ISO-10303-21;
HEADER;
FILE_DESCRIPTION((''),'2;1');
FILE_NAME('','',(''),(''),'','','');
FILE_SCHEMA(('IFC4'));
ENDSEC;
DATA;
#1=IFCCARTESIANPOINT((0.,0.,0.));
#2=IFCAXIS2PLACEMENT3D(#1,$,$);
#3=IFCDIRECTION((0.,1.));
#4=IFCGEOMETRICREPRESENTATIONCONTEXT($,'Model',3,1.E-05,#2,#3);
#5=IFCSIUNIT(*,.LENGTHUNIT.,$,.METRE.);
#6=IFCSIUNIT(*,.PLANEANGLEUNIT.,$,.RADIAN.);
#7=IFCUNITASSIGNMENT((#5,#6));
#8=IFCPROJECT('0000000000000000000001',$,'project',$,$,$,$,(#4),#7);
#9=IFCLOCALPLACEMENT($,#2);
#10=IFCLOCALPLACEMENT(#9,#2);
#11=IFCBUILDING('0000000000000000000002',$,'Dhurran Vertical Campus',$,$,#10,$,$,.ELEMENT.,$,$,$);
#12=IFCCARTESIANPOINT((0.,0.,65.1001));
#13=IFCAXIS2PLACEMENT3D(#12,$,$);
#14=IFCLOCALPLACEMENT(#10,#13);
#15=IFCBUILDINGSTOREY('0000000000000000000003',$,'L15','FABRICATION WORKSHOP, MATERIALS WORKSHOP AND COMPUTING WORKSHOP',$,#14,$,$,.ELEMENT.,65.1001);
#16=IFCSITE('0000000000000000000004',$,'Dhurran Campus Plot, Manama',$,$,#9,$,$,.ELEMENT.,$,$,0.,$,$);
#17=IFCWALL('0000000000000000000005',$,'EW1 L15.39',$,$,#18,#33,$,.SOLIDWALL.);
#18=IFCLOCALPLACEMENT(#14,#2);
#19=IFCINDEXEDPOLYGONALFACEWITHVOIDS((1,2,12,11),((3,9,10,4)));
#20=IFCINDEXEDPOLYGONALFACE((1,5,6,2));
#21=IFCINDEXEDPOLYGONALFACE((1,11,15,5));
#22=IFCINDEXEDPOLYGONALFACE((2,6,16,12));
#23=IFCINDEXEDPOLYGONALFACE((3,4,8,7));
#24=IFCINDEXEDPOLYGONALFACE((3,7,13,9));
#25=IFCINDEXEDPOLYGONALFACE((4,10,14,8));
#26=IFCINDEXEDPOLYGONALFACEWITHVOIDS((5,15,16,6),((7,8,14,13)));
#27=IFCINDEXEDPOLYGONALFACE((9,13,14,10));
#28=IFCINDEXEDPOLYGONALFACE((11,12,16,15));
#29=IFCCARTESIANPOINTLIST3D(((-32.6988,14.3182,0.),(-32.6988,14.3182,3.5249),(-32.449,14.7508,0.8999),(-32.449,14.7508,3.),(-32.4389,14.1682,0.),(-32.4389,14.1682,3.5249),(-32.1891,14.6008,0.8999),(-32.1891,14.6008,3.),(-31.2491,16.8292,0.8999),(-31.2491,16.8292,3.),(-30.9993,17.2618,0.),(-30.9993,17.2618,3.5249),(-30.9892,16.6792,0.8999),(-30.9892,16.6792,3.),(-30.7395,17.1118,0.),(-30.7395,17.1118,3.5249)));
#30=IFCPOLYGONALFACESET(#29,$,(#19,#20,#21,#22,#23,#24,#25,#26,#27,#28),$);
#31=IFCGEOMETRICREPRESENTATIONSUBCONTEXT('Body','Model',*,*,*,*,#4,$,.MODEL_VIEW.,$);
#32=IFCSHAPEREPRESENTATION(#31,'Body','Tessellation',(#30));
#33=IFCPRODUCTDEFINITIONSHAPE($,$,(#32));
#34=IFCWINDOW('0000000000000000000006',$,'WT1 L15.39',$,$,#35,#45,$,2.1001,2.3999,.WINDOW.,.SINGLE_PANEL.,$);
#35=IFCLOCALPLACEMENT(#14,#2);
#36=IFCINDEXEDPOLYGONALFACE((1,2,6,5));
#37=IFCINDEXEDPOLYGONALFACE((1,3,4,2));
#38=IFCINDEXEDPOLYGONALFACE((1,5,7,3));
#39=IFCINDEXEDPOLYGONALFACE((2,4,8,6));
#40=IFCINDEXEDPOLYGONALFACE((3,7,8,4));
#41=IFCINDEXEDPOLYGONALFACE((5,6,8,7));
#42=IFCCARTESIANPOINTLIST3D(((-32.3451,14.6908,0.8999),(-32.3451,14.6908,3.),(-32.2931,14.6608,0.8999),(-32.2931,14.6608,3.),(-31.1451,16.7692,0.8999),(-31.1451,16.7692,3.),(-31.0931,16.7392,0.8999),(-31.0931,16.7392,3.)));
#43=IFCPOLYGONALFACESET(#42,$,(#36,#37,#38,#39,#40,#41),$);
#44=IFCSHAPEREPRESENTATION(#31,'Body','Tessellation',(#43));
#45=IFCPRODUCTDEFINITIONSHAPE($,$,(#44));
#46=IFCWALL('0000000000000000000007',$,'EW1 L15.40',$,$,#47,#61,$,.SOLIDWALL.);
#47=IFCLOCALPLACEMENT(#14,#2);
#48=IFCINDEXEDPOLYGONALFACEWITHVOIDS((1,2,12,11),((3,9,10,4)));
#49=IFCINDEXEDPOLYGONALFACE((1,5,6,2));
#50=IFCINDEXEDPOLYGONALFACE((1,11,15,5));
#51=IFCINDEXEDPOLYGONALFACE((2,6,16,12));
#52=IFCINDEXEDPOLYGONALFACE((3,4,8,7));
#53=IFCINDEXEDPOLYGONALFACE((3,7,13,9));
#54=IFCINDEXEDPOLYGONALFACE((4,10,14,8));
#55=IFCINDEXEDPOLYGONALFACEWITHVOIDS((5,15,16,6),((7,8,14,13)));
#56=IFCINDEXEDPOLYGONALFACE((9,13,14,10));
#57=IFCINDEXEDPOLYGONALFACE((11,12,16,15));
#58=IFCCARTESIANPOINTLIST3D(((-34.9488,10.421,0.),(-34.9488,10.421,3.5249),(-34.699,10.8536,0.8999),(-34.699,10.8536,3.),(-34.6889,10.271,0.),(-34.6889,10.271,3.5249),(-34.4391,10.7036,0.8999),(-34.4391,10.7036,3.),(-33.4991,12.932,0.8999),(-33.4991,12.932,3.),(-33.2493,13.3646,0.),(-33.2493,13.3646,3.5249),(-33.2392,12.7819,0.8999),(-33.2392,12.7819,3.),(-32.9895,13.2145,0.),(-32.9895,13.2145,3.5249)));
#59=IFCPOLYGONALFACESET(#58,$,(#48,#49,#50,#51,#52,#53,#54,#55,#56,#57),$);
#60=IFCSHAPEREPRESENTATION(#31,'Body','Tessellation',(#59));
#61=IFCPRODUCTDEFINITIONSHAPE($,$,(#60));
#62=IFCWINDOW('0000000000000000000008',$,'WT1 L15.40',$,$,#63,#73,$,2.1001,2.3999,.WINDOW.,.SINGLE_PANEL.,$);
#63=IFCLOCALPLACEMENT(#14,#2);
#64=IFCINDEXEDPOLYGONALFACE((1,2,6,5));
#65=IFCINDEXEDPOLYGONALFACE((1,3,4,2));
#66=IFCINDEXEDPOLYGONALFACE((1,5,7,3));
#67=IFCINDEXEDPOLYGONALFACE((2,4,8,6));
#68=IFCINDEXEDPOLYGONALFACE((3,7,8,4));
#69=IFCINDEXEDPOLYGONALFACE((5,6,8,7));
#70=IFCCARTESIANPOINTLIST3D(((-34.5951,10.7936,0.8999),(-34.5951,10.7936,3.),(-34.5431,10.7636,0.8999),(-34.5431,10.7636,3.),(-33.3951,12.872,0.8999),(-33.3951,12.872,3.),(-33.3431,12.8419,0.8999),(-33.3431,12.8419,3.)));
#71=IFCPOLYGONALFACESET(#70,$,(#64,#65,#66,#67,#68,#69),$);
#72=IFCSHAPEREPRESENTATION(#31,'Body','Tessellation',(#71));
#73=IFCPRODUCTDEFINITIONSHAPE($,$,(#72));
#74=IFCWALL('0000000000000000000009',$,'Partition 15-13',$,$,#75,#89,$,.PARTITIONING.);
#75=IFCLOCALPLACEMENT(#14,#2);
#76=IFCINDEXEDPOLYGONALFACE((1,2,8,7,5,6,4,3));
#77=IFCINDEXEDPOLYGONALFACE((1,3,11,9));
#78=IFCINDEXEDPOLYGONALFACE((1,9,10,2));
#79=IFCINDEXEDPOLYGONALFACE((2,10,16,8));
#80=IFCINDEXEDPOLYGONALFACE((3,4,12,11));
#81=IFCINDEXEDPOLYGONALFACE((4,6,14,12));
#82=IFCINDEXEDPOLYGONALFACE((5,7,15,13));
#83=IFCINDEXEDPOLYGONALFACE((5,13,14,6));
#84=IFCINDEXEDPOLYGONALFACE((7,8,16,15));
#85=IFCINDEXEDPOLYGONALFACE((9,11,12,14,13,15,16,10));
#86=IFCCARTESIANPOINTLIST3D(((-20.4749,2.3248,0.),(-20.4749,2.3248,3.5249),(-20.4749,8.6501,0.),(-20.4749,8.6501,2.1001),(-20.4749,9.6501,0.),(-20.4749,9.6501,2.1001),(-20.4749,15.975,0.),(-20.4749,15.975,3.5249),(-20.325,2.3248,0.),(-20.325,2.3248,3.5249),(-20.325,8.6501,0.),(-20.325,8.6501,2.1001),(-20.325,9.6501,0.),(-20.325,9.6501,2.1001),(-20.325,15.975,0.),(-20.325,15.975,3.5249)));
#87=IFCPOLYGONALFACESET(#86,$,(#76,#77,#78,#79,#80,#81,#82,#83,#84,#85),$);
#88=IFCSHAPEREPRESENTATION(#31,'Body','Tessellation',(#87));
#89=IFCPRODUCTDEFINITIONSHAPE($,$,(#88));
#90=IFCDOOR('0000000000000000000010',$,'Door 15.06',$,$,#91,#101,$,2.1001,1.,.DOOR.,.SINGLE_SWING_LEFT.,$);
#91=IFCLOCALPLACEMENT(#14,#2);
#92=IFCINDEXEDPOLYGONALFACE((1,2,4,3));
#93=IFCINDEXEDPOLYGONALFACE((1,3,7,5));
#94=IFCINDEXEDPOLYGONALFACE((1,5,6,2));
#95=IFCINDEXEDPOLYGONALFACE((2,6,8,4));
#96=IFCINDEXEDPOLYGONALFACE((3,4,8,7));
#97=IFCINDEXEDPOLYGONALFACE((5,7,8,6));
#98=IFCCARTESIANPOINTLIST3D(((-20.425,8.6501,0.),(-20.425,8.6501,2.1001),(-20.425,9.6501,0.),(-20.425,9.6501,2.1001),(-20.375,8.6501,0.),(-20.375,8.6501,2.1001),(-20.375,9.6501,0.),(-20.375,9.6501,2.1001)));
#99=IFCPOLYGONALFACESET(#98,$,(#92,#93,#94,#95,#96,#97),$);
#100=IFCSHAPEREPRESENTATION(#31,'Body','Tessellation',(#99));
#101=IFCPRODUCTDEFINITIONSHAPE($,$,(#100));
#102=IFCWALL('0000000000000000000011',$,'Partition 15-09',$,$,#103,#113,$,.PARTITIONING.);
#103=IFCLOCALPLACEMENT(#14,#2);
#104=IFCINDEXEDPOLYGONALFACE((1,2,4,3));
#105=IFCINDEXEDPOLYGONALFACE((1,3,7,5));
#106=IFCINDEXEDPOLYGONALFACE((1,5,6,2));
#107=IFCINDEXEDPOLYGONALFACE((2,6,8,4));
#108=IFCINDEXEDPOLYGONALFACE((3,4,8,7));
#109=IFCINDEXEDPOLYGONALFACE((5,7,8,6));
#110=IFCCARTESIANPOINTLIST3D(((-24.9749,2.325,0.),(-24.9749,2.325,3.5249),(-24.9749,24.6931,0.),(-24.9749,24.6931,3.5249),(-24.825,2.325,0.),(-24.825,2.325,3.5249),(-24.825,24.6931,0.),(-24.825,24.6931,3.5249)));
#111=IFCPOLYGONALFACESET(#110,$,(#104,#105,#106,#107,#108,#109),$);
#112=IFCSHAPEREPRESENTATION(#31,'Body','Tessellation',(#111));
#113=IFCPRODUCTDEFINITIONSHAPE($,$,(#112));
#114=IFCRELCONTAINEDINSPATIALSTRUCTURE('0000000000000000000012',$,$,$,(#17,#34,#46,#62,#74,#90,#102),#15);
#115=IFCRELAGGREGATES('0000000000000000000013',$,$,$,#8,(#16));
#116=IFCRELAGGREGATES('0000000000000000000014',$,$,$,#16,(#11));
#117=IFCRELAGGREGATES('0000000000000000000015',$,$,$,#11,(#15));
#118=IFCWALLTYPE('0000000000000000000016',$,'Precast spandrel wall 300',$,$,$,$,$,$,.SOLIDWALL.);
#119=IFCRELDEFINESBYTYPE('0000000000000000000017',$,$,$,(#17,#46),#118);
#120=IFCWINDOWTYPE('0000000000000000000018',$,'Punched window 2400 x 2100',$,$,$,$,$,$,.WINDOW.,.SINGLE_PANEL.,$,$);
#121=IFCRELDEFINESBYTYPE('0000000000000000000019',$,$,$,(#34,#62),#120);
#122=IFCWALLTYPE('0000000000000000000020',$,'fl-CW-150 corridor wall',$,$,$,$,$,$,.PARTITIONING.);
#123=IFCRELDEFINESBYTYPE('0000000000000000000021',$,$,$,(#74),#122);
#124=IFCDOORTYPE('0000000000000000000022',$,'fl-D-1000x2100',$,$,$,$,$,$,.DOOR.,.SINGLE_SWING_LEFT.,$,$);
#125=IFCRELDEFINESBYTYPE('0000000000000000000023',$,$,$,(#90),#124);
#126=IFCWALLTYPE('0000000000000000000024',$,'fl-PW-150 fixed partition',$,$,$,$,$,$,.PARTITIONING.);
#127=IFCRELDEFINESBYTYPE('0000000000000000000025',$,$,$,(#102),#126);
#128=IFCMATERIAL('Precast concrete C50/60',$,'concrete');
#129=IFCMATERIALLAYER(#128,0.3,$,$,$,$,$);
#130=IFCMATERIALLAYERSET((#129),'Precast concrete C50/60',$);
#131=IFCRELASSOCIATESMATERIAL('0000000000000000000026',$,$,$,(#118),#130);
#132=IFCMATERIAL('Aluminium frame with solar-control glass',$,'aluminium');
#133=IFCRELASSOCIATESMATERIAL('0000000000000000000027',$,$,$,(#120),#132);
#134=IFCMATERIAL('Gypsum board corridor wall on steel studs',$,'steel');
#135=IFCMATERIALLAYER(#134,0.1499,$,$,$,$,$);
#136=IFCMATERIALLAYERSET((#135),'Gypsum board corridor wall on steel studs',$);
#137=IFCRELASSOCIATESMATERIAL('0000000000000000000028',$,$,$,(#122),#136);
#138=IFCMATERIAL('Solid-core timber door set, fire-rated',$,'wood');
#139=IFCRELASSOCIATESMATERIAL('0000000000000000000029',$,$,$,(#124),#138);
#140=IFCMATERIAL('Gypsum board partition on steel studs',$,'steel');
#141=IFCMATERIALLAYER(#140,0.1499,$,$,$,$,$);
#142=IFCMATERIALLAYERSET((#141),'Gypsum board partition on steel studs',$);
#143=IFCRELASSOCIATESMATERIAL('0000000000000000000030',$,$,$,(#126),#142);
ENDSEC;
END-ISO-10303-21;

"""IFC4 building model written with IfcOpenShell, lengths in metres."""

from ifc_helpers import new_model, si_unit, direction, frame, frame_2d, origin, place, context, subcontext, project, spatial, rectangle, extrude, material, layer, layer_set, type_object, element, fill, save


model = new_model("IFC4")

# Units and contexts
model_context = context("Model", 3, precision=1e-05, world=origin(), true_north=direction((0.0, 1.0)))
body_context = subcontext(model_context, "Body", "Model", "MODEL_VIEW")
ifc_project = project(units=[si_unit("LENGTHUNIT", "METRE"), si_unit("PLANEANGLEUNIT", "RADIAN")], contexts=[model_context])

# Site, building, storey
site_placement = place(None, origin())
site = spatial("IfcSite", under=ifc_project, at=site_placement, Name="Dhurran Campus Plot, Manama", CompositionType="ELEMENT", RefElevation=0.0)
building_placement = place(site_placement, origin())
building = spatial("IfcBuilding", under=site, at=building_placement, Name="Dhurran Vertical Campus", CompositionType="ELEMENT")
storey_placement = place(building_placement, frame((0.0, 0.0, 65.1001)))
storey = spatial("IfcBuildingStorey", under=building, at=storey_placement, Name="L15", Description="FABRICATION WORKSHOP, MATERIALS WORKSHOP AND COMPUTING WORKSHOP", CompositionType="ELEMENT", Elevation=65.1001)

# Walls, openings, windows
ifc_material_1 = material(Name="Precast concrete C50/60", Category="concrete")
ifc_layer_1 = layer(ifc_material_1, 0.3)
ifc_layer_set_1 = layer_set([ifc_layer_1], Name="Precast concrete C50/60")
wall_type_1 = type_object("IfcWallType", Name="Precast spandrel wall 300", PredefinedType="SOLIDWALL", material=ifc_layer_set_1)
ifc_material_2 = material(Name="Aluminium frame with solar-control glass", Category="aluminium")
window_type = type_object("IfcWindowType", Name="Punched window 2400 x 2100", PartitioningType="SINGLE_PANEL", PredefinedType="WINDOW", material=ifc_material_2)
wall_1_placement = place(storey_placement, frame((-30.8694, 17.1868, 0.0), z_axis=(0.0, 0.0, 1.0), x_axis=(-0.499994, -0.866029, 0.0)))
wall_1 = element("IfcWall", 1, at=wall_1_placement, inside=storey, type_object=wall_type_1, Name="EW1 L15.39", PredefinedType="SOLIDWALL", context=body_context, shape_type="SweptSolid", body=[
    extrude(rectangle(XDim=3.3989, YDim=0.3, at=frame_2d((1.6995, 0.0))), origin(), (0.0, 0.0, 1.0), 3.5249),
])
opening_1_placement = place(wall_1_placement, frame((0.4995, 0.0, 0.8999)))
opening_1 = element("IfcOpeningElement", 2, at=opening_1_placement, cuts=wall_1, PredefinedType="OPENING", context=body_context, shape_type="SweptSolid", body=[
    extrude(rectangle(XDim=2.3999, YDim=2.1001, at=frame_2d((1.2, 1.05))), frame((0.0, 0.1599, 0.0), z_axis=(0.0, -1.0, 0.0), x_axis=(1.0, 0.0, 0.0)), (0.0, 0.0, 1.0), 0.3201),
])
window_1_placement = place(opening_1_placement, origin())
window_1 = element("IfcWindow", 3, at=window_1_placement, inside=storey, type_object=window_type, Name="WT1 L15.39", OverallHeight=2.1001, OverallWidth=2.3999, PartitioningType="SINGLE_PANEL", PredefinedType="WINDOW", context=body_context, shape_type="SweptSolid", body=[
    extrude(rectangle(XDim=2.3999, YDim=2.1001, at=frame_2d((1.2, 1.05))), frame((0.0, 0.03, 0.0), z_axis=(0.0, -1.0, 0.0), x_axis=(1.0, 0.0, 0.0)), (0.0, 0.0, 1.0), 0.0601),
])
fill(opening_1, window_1)
wall_2_placement = place(storey_placement, frame((-33.1194, 13.2896, 0.0), z_axis=(0.0, 0.0, 1.0), x_axis=(-0.499994, -0.866029, 0.0)))
wall_2 = element("IfcWall", 4, at=wall_2_placement, inside=storey, type_object=wall_type_1, Name="EW1 L15.40", PredefinedType="SOLIDWALL", context=body_context, shape_type="SweptSolid", body=[
    extrude(rectangle(XDim=3.3989, YDim=0.3, at=frame_2d((1.6995, 0.0))), origin(), (0.0, 0.0, 1.0), 3.5249),
])
opening_2_placement = place(wall_2_placement, frame((0.4995, 0.0, 0.8999)))
opening_2 = element("IfcOpeningElement", 5, at=opening_2_placement, cuts=wall_2, PredefinedType="OPENING", context=body_context, shape_type="SweptSolid", body=[
    extrude(rectangle(XDim=2.3999, YDim=2.1001, at=frame_2d((1.2, 1.05))), frame((0.0, 0.1599, 0.0), z_axis=(0.0, -1.0, 0.0), x_axis=(1.0, 0.0, 0.0)), (0.0, 0.0, 1.0), 0.3201),
])
window_2_placement = place(opening_2_placement, origin())
window_2 = element("IfcWindow", 6, at=window_2_placement, inside=storey, type_object=window_type, Name="WT1 L15.40", OverallHeight=2.1001, OverallWidth=2.3999, PartitioningType="SINGLE_PANEL", PredefinedType="WINDOW", context=body_context, shape_type="SweptSolid", body=[
    extrude(rectangle(XDim=2.3999, YDim=2.1001, at=frame_2d((1.2, 1.05))), frame((0.0, 0.03, 0.0), z_axis=(0.0, -1.0, 0.0), x_axis=(1.0, 0.0, 0.0)), (0.0, 0.0, 1.0), 0.0601),
])
fill(opening_2, window_2)

# Wall, opening, door
ifc_material_3 = material(Name="Gypsum board corridor wall on steel studs", Category="steel")
ifc_layer_2 = layer(ifc_material_3, 0.1499)
ifc_layer_set_2 = layer_set([ifc_layer_2], Name="Gypsum board corridor wall on steel studs")
wall_type_2 = type_object("IfcWallType", Name="fl-CW-150 corridor wall", PredefinedType="PARTITIONING", material=ifc_layer_set_2)
wall_3_placement = place(storey_placement, frame((-20.3999, 15.9751, 0.0), z_axis=(0.0, 0.0, 1.0), x_axis=(0.0, -1.0, 0.0)))
wall_3 = element("IfcWall", 7, at=wall_3_placement, inside=storey, type_object=wall_type_2, Name="Partition 15-13", PredefinedType="PARTITIONING", context=body_context, shape_type="SweptSolid", body=[
    extrude(rectangle(XDim=13.6501, YDim=0.1499, at=frame_2d((6.8252, 0.0))), origin(), (0.0, 0.0, 1.0), 3.5249),
])
opening_3_placement = place(wall_3_placement, frame((6.325, 0.0, 0.0)))
opening_3 = element("IfcOpeningElement", 8, at=opening_3_placement, cuts=wall_3, PredefinedType="OPENING", context=body_context, shape_type="SweptSolid", body=[
    extrude(rectangle(XDim=1.0, YDim=2.1001, at=frame_2d((0.5, 1.05))), frame((0.0, 0.085, 0.0), z_axis=(0.0, -1.0, 0.0), x_axis=(1.0, 0.0, 0.0)), (0.0, 0.0, 1.0), 0.1699),
])
ifc_material_4 = material(Name="Solid-core timber door set, fire-rated", Category="wood")
door_type = type_object("IfcDoorType", Name="fl-D-1000x2100", OperationType="SINGLE_SWING_LEFT", PredefinedType="DOOR", material=ifc_material_4)
door_placement = place(opening_3_placement, origin())
door = element("IfcDoor", 9, at=door_placement, inside=storey, type_object=door_type, Name="Door 15.06", OperationType="SINGLE_SWING_LEFT", OverallHeight=2.1001, OverallWidth=1.0, PredefinedType="DOOR", context=body_context, shape_type="SweptSolid", body=[
    extrude(rectangle(XDim=1.0, YDim=2.1001, at=frame_2d((0.5, 1.05))), frame((0.0, 0.0249, 0.0), z_axis=(0.0, -1.0, 0.0), x_axis=(1.0, 0.0, 0.0)), (0.0, 0.0, 1.0), 0.05),
])
fill(opening_3, door)

# Wall
ifc_material_5 = material(Name="Gypsum board partition on steel studs", Category="steel")
ifc_layer_3 = layer(ifc_material_5, 0.1499)
ifc_layer_set_3 = layer_set([ifc_layer_3], Name="Gypsum board partition on steel studs")
wall_type_3 = type_object("IfcWallType", Name="fl-PW-150 fixed partition", PredefinedType="PARTITIONING", material=ifc_layer_set_3)
wall_4_placement = place(storey_placement, frame((-24.8999, 24.6931, 0.0), z_axis=(0.0, 0.0, 1.0), x_axis=(0.0, -1.0, 0.0)))
element("IfcWall", 10, at=wall_4_placement, inside=storey, type_object=wall_type_3, Name="Partition 15-09", PredefinedType="PARTITIONING", context=body_context, shape_type="SweptSolid", body=[
    extrude(rectangle(XDim=22.3682, YDim=0.1499, at=frame_2d((11.1841, 0.0))), origin(), (0.0, 0.0, 1.0), 3.5249),
])

save(model, "model.ifc")
